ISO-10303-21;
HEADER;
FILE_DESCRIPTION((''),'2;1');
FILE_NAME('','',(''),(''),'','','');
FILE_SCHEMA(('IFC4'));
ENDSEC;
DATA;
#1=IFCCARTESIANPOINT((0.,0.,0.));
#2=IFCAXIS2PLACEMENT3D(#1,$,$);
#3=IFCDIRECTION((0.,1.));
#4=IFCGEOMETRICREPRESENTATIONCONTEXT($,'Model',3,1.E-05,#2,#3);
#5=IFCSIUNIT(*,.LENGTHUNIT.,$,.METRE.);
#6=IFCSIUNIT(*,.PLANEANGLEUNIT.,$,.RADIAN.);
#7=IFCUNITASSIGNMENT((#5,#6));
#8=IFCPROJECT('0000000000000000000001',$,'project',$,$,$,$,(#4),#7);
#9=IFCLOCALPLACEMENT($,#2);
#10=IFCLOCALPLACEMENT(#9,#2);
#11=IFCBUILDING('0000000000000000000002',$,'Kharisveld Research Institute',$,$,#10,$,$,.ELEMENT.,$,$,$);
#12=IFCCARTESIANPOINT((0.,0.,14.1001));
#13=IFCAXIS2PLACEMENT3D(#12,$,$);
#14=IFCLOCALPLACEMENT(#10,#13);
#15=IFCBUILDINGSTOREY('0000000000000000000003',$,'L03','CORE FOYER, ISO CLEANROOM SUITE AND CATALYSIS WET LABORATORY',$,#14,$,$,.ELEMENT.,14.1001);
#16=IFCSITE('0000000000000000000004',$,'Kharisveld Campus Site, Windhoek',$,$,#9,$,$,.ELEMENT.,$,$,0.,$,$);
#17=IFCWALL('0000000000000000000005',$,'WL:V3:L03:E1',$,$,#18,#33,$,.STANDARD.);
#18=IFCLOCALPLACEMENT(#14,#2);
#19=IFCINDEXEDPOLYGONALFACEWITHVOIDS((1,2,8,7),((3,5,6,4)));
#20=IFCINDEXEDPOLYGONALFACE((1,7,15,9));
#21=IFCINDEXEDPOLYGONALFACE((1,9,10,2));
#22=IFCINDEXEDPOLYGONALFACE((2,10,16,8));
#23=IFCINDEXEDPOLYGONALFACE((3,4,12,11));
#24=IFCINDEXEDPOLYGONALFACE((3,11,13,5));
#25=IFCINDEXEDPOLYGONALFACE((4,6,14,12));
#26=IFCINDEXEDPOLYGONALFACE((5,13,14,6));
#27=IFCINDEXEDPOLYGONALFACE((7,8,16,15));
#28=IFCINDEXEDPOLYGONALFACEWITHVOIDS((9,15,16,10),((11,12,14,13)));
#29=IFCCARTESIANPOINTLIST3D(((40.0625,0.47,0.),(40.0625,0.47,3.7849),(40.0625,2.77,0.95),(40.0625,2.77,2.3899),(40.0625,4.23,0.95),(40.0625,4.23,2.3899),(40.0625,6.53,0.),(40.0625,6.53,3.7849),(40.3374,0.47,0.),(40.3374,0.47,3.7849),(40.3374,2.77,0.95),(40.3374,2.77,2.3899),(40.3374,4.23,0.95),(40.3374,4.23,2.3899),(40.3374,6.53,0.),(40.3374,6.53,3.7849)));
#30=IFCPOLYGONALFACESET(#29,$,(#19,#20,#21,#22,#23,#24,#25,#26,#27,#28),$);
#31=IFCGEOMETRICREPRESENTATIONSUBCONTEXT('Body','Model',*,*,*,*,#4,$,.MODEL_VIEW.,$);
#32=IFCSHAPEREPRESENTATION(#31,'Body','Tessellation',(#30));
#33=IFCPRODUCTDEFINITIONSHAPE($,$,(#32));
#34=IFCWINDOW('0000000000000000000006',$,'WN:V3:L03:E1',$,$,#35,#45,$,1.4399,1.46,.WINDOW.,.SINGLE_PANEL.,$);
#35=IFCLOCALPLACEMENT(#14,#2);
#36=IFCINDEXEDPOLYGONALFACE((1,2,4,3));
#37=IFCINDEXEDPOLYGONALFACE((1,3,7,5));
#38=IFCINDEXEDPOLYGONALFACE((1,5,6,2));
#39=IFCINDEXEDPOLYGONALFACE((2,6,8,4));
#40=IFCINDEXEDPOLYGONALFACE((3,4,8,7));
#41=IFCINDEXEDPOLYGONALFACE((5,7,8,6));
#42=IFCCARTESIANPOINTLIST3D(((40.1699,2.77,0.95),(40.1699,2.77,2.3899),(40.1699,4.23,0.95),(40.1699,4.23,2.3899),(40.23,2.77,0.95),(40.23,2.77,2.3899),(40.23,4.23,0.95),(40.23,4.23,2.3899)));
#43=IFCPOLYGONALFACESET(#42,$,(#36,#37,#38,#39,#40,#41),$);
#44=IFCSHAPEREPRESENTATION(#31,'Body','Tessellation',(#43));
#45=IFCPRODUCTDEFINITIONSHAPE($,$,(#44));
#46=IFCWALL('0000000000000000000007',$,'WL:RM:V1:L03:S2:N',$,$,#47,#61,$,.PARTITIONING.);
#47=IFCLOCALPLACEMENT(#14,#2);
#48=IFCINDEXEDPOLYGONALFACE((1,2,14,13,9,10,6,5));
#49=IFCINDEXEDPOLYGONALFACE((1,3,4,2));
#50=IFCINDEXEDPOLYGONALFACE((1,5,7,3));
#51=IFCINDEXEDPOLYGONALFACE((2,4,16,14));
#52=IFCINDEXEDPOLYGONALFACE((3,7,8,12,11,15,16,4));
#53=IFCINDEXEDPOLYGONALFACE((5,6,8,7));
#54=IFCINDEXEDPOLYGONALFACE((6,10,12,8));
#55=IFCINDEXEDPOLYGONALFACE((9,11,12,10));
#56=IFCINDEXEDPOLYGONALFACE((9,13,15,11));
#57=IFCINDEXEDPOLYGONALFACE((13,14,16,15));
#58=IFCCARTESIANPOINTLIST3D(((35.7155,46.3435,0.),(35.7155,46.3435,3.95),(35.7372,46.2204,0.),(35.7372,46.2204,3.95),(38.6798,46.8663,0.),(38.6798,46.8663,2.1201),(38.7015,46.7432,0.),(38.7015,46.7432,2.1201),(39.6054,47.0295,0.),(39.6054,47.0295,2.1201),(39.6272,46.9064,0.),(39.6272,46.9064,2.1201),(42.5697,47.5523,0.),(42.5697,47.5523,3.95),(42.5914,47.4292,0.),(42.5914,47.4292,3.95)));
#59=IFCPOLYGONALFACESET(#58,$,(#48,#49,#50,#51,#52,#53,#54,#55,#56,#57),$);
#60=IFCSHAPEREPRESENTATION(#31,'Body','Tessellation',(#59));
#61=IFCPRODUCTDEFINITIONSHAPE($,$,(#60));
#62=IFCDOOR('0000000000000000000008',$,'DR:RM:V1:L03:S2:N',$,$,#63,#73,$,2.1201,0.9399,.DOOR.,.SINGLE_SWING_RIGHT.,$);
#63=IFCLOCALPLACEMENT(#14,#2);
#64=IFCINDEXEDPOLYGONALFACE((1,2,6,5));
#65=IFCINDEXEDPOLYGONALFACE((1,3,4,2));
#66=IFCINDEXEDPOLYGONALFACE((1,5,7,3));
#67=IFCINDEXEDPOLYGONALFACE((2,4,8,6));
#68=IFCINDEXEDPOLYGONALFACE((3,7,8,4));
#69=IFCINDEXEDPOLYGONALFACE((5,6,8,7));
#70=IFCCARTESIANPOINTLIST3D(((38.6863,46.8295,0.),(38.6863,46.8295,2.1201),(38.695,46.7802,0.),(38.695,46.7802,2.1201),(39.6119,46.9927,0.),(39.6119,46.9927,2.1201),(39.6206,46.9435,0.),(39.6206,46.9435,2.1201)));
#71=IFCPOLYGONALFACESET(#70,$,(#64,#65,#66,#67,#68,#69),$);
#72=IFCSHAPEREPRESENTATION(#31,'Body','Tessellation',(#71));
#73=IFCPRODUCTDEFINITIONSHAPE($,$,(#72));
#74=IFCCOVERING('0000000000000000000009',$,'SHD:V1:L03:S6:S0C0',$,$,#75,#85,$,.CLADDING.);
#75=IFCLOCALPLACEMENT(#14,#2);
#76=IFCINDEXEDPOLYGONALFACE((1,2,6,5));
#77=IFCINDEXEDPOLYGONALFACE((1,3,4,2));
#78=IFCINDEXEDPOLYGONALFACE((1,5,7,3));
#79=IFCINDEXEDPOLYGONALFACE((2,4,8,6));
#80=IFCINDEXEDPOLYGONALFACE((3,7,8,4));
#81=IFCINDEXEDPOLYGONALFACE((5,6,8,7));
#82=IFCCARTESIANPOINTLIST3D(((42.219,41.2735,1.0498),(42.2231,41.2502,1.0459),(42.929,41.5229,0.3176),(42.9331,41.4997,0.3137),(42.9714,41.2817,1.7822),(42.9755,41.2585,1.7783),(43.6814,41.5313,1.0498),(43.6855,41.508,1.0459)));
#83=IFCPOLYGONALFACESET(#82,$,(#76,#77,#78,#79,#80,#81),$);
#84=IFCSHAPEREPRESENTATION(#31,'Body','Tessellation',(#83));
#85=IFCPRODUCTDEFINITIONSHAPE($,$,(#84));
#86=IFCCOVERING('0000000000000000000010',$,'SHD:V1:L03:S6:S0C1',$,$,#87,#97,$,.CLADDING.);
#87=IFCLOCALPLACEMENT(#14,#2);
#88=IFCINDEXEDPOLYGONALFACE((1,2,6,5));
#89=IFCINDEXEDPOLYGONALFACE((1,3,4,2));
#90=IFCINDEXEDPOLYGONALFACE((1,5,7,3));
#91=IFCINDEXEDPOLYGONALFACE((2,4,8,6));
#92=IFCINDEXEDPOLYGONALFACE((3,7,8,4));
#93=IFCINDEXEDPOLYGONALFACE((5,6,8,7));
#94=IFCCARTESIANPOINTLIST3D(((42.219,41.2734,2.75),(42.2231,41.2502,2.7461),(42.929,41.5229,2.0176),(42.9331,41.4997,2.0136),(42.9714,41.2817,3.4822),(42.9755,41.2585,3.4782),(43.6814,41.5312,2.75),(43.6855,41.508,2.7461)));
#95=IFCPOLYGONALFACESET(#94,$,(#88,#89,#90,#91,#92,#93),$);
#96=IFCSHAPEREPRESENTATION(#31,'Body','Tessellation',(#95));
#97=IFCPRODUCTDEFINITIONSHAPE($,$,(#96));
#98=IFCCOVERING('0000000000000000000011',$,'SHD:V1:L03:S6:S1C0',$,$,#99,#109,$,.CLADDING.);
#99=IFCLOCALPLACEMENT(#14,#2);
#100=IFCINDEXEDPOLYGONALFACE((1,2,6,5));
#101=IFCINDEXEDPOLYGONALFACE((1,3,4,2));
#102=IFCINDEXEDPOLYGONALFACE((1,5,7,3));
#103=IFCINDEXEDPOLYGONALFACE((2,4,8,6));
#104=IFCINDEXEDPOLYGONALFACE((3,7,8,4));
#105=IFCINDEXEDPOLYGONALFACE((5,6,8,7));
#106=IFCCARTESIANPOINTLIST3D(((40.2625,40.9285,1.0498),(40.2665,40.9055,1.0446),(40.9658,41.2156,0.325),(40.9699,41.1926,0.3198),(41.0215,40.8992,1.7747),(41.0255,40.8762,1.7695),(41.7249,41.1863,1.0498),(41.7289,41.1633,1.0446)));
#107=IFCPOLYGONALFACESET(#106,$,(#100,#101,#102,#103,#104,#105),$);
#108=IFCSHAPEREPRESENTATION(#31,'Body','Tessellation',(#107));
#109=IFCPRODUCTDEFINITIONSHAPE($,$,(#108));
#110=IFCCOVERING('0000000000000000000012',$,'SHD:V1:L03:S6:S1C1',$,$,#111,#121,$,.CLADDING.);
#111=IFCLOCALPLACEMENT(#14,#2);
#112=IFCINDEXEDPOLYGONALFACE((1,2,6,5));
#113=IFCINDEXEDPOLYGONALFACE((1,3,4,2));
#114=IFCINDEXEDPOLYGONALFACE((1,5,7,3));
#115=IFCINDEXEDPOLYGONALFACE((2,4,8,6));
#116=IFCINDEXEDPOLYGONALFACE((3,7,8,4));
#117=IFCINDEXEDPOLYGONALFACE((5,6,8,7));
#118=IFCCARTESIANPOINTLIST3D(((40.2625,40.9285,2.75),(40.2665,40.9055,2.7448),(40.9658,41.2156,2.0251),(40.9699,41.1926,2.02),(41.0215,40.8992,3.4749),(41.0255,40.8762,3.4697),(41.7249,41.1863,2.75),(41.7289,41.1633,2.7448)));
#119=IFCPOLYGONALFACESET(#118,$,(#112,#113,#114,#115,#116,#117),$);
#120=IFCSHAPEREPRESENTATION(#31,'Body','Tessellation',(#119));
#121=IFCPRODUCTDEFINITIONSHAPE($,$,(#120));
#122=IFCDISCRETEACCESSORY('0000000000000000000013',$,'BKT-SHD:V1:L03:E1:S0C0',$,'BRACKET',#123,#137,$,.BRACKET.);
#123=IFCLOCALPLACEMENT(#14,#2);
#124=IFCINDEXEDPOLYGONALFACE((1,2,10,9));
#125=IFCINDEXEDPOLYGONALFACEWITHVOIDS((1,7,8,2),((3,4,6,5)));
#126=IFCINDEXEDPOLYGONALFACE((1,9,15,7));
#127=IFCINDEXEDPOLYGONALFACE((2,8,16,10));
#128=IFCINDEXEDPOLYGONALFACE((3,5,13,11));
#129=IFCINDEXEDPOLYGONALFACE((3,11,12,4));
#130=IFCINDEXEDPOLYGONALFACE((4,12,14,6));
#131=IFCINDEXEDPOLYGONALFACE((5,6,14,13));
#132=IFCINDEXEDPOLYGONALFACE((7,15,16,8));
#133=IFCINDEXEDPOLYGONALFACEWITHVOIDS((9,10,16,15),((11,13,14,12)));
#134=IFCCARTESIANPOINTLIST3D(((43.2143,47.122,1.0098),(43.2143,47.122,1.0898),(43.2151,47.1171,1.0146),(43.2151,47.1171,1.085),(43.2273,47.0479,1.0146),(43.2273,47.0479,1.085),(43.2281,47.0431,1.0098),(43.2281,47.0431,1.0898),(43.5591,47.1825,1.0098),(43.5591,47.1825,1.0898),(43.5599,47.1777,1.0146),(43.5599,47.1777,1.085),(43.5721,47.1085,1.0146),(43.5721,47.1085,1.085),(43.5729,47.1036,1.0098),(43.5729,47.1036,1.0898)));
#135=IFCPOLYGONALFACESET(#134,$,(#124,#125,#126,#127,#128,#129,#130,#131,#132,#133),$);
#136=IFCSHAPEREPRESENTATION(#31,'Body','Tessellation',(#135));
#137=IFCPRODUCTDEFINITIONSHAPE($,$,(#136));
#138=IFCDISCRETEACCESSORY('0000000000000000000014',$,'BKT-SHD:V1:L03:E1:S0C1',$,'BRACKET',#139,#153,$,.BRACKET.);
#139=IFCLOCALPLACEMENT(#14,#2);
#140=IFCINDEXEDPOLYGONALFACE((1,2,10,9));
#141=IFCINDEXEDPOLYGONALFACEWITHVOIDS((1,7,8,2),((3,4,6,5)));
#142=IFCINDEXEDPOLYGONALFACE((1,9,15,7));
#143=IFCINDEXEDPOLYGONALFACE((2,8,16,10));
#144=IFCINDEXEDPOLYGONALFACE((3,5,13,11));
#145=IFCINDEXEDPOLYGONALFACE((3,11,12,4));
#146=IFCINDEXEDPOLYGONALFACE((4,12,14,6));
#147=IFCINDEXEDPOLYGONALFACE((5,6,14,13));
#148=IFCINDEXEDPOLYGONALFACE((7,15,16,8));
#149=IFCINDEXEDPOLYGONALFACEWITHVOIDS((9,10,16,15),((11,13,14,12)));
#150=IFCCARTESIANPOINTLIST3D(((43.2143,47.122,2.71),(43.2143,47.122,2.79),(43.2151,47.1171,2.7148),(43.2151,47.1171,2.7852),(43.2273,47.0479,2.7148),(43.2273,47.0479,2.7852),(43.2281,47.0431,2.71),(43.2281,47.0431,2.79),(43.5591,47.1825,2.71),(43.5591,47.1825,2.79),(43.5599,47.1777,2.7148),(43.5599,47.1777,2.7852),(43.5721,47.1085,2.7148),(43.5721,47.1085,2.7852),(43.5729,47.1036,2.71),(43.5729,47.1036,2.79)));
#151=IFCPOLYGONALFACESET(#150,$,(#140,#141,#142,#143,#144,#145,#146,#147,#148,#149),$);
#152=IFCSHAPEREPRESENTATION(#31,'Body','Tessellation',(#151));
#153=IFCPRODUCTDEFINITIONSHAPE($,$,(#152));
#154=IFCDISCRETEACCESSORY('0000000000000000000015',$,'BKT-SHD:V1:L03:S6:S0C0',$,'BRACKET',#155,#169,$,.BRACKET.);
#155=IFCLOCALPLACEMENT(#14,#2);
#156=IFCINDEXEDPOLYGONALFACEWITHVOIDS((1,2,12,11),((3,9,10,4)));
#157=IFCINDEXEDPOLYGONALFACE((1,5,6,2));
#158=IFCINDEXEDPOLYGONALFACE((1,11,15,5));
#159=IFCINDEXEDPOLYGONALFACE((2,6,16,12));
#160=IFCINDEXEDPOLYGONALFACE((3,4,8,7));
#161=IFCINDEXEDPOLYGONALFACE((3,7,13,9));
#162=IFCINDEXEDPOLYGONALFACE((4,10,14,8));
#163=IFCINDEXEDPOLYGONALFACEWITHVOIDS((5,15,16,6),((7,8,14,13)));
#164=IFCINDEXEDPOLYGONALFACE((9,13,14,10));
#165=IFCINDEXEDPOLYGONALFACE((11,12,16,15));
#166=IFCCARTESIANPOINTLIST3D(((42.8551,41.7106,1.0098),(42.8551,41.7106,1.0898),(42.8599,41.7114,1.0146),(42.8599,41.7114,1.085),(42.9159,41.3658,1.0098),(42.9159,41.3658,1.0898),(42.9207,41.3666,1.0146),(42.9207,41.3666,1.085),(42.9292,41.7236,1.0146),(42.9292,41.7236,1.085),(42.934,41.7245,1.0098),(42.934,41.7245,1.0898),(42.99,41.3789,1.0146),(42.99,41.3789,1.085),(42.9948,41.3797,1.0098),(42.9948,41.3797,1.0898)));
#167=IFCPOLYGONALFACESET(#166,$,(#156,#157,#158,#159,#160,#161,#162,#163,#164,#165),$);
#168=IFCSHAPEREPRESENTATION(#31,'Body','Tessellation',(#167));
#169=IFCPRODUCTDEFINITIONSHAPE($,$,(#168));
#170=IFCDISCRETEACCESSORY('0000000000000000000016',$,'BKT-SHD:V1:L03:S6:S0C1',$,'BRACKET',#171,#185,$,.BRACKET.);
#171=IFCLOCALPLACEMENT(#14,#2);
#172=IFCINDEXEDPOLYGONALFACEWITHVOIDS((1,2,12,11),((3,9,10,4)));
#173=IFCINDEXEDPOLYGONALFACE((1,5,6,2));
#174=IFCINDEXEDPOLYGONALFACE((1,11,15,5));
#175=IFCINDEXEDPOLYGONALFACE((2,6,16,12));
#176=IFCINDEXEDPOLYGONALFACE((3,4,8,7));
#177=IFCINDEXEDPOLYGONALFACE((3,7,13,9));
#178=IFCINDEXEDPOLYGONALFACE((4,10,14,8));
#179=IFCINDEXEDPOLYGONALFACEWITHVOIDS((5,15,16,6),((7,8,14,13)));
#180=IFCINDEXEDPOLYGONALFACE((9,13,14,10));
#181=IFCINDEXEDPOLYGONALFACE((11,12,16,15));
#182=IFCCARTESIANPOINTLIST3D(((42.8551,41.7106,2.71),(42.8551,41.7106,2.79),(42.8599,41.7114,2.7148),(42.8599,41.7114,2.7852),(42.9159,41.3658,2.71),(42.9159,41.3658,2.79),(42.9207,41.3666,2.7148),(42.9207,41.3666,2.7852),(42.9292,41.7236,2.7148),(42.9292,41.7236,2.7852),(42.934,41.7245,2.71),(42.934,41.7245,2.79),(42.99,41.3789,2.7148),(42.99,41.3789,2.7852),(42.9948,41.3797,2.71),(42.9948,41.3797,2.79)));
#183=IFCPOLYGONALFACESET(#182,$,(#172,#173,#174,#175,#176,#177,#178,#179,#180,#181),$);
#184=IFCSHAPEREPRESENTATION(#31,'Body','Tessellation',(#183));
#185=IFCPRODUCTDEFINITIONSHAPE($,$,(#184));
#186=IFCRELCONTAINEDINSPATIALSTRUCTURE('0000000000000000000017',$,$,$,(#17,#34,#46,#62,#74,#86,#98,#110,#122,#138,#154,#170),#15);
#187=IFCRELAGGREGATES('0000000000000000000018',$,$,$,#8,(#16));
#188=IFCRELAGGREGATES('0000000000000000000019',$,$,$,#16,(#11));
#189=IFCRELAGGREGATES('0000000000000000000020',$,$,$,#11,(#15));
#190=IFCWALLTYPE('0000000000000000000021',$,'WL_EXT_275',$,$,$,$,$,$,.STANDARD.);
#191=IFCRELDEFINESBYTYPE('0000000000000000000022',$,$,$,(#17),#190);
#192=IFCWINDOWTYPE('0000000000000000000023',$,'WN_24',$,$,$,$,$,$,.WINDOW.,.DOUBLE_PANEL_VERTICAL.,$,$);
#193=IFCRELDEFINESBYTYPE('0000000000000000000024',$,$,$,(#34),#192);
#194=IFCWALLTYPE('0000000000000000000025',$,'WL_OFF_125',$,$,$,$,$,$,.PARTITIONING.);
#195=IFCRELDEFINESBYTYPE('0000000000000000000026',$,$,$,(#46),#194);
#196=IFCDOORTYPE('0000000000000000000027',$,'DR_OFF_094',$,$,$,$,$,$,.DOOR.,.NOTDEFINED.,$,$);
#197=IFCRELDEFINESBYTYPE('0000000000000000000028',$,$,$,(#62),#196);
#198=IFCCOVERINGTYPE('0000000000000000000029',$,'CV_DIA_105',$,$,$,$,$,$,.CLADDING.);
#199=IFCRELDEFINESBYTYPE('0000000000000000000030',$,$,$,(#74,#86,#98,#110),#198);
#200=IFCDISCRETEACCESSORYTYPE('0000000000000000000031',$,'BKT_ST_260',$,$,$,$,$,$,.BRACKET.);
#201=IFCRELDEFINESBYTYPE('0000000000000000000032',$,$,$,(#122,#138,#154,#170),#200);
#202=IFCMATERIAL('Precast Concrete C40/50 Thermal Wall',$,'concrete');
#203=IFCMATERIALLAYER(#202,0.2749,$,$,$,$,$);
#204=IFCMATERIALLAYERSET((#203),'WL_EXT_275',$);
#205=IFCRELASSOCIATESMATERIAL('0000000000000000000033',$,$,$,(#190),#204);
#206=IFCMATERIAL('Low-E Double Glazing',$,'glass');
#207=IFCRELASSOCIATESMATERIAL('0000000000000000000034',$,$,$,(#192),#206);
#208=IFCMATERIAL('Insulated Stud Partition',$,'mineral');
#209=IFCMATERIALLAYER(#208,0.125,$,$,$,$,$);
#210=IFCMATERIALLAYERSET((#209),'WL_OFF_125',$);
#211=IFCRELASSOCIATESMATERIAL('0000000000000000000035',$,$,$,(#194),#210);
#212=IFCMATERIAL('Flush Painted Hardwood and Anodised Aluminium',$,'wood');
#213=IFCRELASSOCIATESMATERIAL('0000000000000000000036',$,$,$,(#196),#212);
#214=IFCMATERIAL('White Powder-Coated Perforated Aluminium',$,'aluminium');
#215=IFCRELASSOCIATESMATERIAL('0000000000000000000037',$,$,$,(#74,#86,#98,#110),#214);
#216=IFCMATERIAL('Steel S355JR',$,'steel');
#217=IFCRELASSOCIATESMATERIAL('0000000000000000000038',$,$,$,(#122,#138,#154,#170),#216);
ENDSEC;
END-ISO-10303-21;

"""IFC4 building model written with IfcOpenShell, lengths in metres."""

from ifc_helpers import new_model, si_unit, direction, frame, frame_2d, origin, origin_2d, place, context, subcontext, project, spatial, polyline, rectangle, hollow_rectangle, outline, extrude, material, layer, layer_set, type_object, element, fill, save


model = new_model("IFC4")

# Units and contexts
model_context = context("Model", 3, precision=1e-05, world=origin(), true_north=direction((0.0, 1.0)))
body_context = subcontext(model_context, "Body", "Model", "MODEL_VIEW")
ifc_project = project(units=[si_unit("LENGTHUNIT", "METRE"), si_unit("PLANEANGLEUNIT", "RADIAN")], contexts=[model_context])

# Site, building, storey
site_placement = place(None, origin())
site = spatial("IfcSite", under=ifc_project, at=site_placement, Name="Kharisveld Campus Site, Windhoek", CompositionType="ELEMENT", RefElevation=0.0)
building_placement = place(site_placement, origin())
building = spatial("IfcBuilding", under=site, at=building_placement, Name="Kharisveld Research Institute", CompositionType="ELEMENT")
storey_placement = place(building_placement, frame((0.0, 0.0, 14.1001)))
storey = spatial("IfcBuildingStorey", under=building, at=storey_placement, Name="L03", Description="CORE FOYER, ISO CLEANROOM SUITE AND CATALYSIS WET LABORATORY", CompositionType="ELEMENT", Elevation=14.1001)

# Wall, opening, window
ifc_material_1 = material(Name="Precast Concrete C40/50 Thermal Wall", Category="concrete")
ifc_layer_1 = layer(ifc_material_1, 0.2749)
ifc_layer_set_1 = layer_set([ifc_layer_1], Name="WL_EXT_275")
wall_type_1 = type_object("IfcWallType", Name="WL_EXT_275", PredefinedType="STANDARD", material=ifc_layer_set_1)
ifc_material_2 = material(Name="Low-E Double Glazing", Category="glass")
window_type = type_object("IfcWindowType", Name="WN_24", PartitioningType="DOUBLE_PANEL_VERTICAL", PredefinedType="WINDOW", material=ifc_material_2)
wall_1_placement = place(storey_placement, frame((40.2, 6.53, 0.0), z_axis=(0.0, 0.0, 1.0), x_axis=(0.0, -1.0, 0.0)))
wall_1 = element("IfcWall", 1, at=wall_1_placement, inside=storey, type_object=wall_type_1, Name="WL:V3:L03:E1", PredefinedType="STANDARD", context=body_context, shape_type="SweptSolid", body=[
    extrude(rectangle(XDim=6.0601, YDim=0.2749, at=frame_2d((3.03, 0.0))), origin(), (0.0, 0.0, 1.0), 3.7849),
])
opening_1_placement = place(wall_1_placement, frame((2.3, 0.0, 0.95)))
opening_1 = element("IfcOpeningElement", 2, at=opening_1_placement, cuts=wall_1, PredefinedType="OPENING", context=body_context, shape_type="SweptSolid", body=[
    extrude(rectangle(XDim=1.46, YDim=1.4399, at=frame_2d((0.73, 0.72))), frame((0.0, 0.1375, 0.0), z_axis=(0.0, -1.0, 0.0), x_axis=(1.0, 0.0, 0.0)), (0.0, 0.0, 1.0), 0.2749),
])
window_1_placement = place(opening_1_placement, origin())
window_1 = element("IfcWindow", 3, at=window_1_placement, inside=storey, type_object=window_type, Name="WN:V3:L03:E1", OverallHeight=1.4399, OverallWidth=1.46, PartitioningType="SINGLE_PANEL", PredefinedType="WINDOW", context=body_context, shape_type="SweptSolid", body=[
    extrude(rectangle(XDim=1.46, YDim=1.4399, at=frame_2d((0.73, 0.72))), frame((0.0, 0.03, 0.0), z_axis=(0.0, -1.0, 0.0), x_axis=(1.0, 0.0, 0.0)), (0.0, 0.0, 1.0), 0.0601),
])
fill(opening_1, window_1)

# Wall, opening, door
ifc_material_3 = material(Name="Insulated Stud Partition", Category="mineral")
ifc_layer_2 = layer(ifc_material_3, 0.125)
ifc_layer_set_2 = layer_set([ifc_layer_2], Name="WL_OFF_125")
wall_type_2 = type_object("IfcWallType", Name="WL_OFF_125", PredefinedType="PARTITIONING", material=ifc_layer_set_2)
wall_2_placement = place(storey_placement, frame((42.5806, 47.4907, 0.0), z_axis=(0.0, 0.0, 1.0), x_axis=(-0.984804, -0.173669, 0.0)))
wall_2 = element("IfcWall", 4, at=wall_2_placement, inside=storey, type_object=wall_type_2, Name="WL:RM:V1:L03:S2:N", PredefinedType="PARTITIONING", context=body_context, shape_type="SweptSolid", body=[
    extrude(rectangle(XDim=6.96, YDim=0.125, at=frame_2d((3.48, 0.0))), origin(), (0.0, 0.0, 1.0), 3.95),
])
opening_2_placement = place(wall_2_placement, frame((3.01, 0.0, 0.0)))
opening_2 = element("IfcOpeningElement", 5, at=opening_2_placement, cuts=wall_2, PredefinedType="OPENING", context=body_context, shape_type="SweptSolid", body=[
    extrude(rectangle(XDim=0.9399, YDim=2.1201, at=frame_2d((0.47, 1.0601))), frame((0.0, 0.0625, 0.0), z_axis=(0.0, -1.0, 0.0), x_axis=(1.0, 0.0, 0.0)), (0.0, 0.0, 1.0), 0.125),
])
ifc_material_4 = material(Name="Flush Painted Hardwood and Anodised Aluminium", Category="wood")
door_type = type_object("IfcDoorType", Name="DR_OFF_094", OperationType="NOTDEFINED", PredefinedType="DOOR", material=ifc_material_4)
door_placement = place(opening_2_placement, origin())
door = element("IfcDoor", 6, at=door_placement, inside=storey, type_object=door_type, Name="DR:RM:V1:L03:S2:N", OperationType="SINGLE_SWING_RIGHT", OverallHeight=2.1201, OverallWidth=0.9399, PredefinedType="DOOR", context=body_context, shape_type="SweptSolid", body=[
    extrude(rectangle(XDim=0.9399, YDim=2.1201, at=frame_2d((0.47, 1.0601))), frame((0.0, 0.0249, 0.0), z_axis=(0.0, -1.0, 0.0), x_axis=(1.0, 0.0, 0.0)), (0.0, 0.0, 1.0), 0.05),
])
fill(opening_2, door)

# Coverings
ifc_material_5 = material(Name="White Powder-Coated Perforated Aluminium", Category="aluminium")
covering_type = type_object("IfcCoveringType", Name="CV_DIA_105", PredefinedType="CLADDING")
covering_1_placement = place(storey_placement, frame((42.929, 41.5229, 0.3176), z_axis=(-0.171239, 0.971325, 0.164938), x_axis=(-0.676192, -0.237624, 0.697352)))
element("IfcCovering", 7, at=covering_1_placement, inside=storey, type_object=covering_type, material=ifc_material_5, Name="SHD:V1:L03:S6:S0C0", PredefinedType="CLADDING", context=body_context, shape_type="SweptSolid", body=[
    extrude(outline(polyline([(0.0, 0.0), (1.0499, 0.0), (1.0499, 1.0501), (-0.0002, 1.0499), (0.0, 0.0)])), origin(), (0.0, 0.0, -1.0), 0.0239),
])
covering_2_placement = place(storey_placement, frame((42.929, 41.5229, 2.0176), z_axis=(-0.171239, 0.971325, 0.164938), x_axis=(-0.676076, -0.237623, 0.697465)))
element("IfcCovering", 8, at=covering_2_placement, inside=storey, type_object=covering_type, material=ifc_material_5, Name="SHD:V1:L03:S6:S0C1", PredefinedType="CLADDING", context=body_context, shape_type="SweptSolid", body=[
    extrude(outline(polyline([(0.0, 0.0), (1.0501, 0.0), (1.0501, 1.0499), (0.0002, 1.0501), (0.0, 0.0)])), origin(), (0.0, 0.0, -1.0), 0.0239),
])
for number, where, z_axis, x_axis, name in (
    (9, (40.9658, 41.2156, 0.325), (-0.169504, 0.961487, 0.216358), (-0.669853, -0.273429, 0.690314), "SHD:V1:L03:S6:S1C0"),
    (10, (40.9658, 41.2156, 2.0251), (-0.169504, 0.961487, 0.216358), (-0.669853, -0.273429, 0.690314), "SHD:V1:L03:S6:S1C1"),
):
    element("IfcCovering", number, at=place(storey_placement, frame(where, z_axis=z_axis, x_axis=x_axis)), inside=storey, type_object=covering_type, material=ifc_material_5, Name=name, PredefinedType="CLADDING", context=body_context, shape_type="SweptSolid", body=[
        extrude(outline(polyline([(0.0, 0.0), (1.05, 0.0), (1.05, 1.05), (-0.0001, 1.05), (0.0, 0.0)])), origin(), (0.0, 0.0, -1.0), 0.0239),
    ])

# Discrete accessories
ifc_material_6 = material(Name="Steel S355JR", Category="steel")
discrete_accessory_type = type_object("IfcDiscreteAccessoryType", Name="BKT_ST_260", PredefinedType="BRACKET")
for number, where, z_axis, x_axis, name in (
    (11, (43.2212, 47.0825, 1.0498), (0.984924, 0.172989, 0.0), (-0.172989, 0.984924, 0.0), "BKT-SHD:V1:L03:E1:S0C0"),
    (12, (43.2212, 47.0825, 2.75), (0.984924, 0.172989, 0.0), (-0.172989, 0.984924, 0.0), "BKT-SHD:V1:L03:E1:S0C1"),
    (13, (42.8945, 41.7175, 1.0498), (0.173666, -0.984805, 0.0), (0.984805, 0.173666, 0.0), "BKT-SHD:V1:L03:S6:S0C0"),
    (14, (42.8945, 41.7175, 2.75), (0.173666, -0.984805, 0.0), (0.984805, 0.173666, 0.0), "BKT-SHD:V1:L03:S6:S0C1"),
):
    element("IfcDiscreteAccessory", number, at=place(storey_placement, frame(where, z_axis=z_axis, x_axis=x_axis)), inside=storey, type_object=discrete_accessory_type, material=ifc_material_6, Name=name, ObjectType="BRACKET", PredefinedType="BRACKET", context=body_context, shape_type="SweptSolid", body=[
        extrude(hollow_rectangle(XDim=0.0801, YDim=0.0801, WallThickness=0.0049, at=origin_2d()), origin(), (0.0, 0.0, 1.0), 0.3501),
    ])

save(model, "model.ifc")
